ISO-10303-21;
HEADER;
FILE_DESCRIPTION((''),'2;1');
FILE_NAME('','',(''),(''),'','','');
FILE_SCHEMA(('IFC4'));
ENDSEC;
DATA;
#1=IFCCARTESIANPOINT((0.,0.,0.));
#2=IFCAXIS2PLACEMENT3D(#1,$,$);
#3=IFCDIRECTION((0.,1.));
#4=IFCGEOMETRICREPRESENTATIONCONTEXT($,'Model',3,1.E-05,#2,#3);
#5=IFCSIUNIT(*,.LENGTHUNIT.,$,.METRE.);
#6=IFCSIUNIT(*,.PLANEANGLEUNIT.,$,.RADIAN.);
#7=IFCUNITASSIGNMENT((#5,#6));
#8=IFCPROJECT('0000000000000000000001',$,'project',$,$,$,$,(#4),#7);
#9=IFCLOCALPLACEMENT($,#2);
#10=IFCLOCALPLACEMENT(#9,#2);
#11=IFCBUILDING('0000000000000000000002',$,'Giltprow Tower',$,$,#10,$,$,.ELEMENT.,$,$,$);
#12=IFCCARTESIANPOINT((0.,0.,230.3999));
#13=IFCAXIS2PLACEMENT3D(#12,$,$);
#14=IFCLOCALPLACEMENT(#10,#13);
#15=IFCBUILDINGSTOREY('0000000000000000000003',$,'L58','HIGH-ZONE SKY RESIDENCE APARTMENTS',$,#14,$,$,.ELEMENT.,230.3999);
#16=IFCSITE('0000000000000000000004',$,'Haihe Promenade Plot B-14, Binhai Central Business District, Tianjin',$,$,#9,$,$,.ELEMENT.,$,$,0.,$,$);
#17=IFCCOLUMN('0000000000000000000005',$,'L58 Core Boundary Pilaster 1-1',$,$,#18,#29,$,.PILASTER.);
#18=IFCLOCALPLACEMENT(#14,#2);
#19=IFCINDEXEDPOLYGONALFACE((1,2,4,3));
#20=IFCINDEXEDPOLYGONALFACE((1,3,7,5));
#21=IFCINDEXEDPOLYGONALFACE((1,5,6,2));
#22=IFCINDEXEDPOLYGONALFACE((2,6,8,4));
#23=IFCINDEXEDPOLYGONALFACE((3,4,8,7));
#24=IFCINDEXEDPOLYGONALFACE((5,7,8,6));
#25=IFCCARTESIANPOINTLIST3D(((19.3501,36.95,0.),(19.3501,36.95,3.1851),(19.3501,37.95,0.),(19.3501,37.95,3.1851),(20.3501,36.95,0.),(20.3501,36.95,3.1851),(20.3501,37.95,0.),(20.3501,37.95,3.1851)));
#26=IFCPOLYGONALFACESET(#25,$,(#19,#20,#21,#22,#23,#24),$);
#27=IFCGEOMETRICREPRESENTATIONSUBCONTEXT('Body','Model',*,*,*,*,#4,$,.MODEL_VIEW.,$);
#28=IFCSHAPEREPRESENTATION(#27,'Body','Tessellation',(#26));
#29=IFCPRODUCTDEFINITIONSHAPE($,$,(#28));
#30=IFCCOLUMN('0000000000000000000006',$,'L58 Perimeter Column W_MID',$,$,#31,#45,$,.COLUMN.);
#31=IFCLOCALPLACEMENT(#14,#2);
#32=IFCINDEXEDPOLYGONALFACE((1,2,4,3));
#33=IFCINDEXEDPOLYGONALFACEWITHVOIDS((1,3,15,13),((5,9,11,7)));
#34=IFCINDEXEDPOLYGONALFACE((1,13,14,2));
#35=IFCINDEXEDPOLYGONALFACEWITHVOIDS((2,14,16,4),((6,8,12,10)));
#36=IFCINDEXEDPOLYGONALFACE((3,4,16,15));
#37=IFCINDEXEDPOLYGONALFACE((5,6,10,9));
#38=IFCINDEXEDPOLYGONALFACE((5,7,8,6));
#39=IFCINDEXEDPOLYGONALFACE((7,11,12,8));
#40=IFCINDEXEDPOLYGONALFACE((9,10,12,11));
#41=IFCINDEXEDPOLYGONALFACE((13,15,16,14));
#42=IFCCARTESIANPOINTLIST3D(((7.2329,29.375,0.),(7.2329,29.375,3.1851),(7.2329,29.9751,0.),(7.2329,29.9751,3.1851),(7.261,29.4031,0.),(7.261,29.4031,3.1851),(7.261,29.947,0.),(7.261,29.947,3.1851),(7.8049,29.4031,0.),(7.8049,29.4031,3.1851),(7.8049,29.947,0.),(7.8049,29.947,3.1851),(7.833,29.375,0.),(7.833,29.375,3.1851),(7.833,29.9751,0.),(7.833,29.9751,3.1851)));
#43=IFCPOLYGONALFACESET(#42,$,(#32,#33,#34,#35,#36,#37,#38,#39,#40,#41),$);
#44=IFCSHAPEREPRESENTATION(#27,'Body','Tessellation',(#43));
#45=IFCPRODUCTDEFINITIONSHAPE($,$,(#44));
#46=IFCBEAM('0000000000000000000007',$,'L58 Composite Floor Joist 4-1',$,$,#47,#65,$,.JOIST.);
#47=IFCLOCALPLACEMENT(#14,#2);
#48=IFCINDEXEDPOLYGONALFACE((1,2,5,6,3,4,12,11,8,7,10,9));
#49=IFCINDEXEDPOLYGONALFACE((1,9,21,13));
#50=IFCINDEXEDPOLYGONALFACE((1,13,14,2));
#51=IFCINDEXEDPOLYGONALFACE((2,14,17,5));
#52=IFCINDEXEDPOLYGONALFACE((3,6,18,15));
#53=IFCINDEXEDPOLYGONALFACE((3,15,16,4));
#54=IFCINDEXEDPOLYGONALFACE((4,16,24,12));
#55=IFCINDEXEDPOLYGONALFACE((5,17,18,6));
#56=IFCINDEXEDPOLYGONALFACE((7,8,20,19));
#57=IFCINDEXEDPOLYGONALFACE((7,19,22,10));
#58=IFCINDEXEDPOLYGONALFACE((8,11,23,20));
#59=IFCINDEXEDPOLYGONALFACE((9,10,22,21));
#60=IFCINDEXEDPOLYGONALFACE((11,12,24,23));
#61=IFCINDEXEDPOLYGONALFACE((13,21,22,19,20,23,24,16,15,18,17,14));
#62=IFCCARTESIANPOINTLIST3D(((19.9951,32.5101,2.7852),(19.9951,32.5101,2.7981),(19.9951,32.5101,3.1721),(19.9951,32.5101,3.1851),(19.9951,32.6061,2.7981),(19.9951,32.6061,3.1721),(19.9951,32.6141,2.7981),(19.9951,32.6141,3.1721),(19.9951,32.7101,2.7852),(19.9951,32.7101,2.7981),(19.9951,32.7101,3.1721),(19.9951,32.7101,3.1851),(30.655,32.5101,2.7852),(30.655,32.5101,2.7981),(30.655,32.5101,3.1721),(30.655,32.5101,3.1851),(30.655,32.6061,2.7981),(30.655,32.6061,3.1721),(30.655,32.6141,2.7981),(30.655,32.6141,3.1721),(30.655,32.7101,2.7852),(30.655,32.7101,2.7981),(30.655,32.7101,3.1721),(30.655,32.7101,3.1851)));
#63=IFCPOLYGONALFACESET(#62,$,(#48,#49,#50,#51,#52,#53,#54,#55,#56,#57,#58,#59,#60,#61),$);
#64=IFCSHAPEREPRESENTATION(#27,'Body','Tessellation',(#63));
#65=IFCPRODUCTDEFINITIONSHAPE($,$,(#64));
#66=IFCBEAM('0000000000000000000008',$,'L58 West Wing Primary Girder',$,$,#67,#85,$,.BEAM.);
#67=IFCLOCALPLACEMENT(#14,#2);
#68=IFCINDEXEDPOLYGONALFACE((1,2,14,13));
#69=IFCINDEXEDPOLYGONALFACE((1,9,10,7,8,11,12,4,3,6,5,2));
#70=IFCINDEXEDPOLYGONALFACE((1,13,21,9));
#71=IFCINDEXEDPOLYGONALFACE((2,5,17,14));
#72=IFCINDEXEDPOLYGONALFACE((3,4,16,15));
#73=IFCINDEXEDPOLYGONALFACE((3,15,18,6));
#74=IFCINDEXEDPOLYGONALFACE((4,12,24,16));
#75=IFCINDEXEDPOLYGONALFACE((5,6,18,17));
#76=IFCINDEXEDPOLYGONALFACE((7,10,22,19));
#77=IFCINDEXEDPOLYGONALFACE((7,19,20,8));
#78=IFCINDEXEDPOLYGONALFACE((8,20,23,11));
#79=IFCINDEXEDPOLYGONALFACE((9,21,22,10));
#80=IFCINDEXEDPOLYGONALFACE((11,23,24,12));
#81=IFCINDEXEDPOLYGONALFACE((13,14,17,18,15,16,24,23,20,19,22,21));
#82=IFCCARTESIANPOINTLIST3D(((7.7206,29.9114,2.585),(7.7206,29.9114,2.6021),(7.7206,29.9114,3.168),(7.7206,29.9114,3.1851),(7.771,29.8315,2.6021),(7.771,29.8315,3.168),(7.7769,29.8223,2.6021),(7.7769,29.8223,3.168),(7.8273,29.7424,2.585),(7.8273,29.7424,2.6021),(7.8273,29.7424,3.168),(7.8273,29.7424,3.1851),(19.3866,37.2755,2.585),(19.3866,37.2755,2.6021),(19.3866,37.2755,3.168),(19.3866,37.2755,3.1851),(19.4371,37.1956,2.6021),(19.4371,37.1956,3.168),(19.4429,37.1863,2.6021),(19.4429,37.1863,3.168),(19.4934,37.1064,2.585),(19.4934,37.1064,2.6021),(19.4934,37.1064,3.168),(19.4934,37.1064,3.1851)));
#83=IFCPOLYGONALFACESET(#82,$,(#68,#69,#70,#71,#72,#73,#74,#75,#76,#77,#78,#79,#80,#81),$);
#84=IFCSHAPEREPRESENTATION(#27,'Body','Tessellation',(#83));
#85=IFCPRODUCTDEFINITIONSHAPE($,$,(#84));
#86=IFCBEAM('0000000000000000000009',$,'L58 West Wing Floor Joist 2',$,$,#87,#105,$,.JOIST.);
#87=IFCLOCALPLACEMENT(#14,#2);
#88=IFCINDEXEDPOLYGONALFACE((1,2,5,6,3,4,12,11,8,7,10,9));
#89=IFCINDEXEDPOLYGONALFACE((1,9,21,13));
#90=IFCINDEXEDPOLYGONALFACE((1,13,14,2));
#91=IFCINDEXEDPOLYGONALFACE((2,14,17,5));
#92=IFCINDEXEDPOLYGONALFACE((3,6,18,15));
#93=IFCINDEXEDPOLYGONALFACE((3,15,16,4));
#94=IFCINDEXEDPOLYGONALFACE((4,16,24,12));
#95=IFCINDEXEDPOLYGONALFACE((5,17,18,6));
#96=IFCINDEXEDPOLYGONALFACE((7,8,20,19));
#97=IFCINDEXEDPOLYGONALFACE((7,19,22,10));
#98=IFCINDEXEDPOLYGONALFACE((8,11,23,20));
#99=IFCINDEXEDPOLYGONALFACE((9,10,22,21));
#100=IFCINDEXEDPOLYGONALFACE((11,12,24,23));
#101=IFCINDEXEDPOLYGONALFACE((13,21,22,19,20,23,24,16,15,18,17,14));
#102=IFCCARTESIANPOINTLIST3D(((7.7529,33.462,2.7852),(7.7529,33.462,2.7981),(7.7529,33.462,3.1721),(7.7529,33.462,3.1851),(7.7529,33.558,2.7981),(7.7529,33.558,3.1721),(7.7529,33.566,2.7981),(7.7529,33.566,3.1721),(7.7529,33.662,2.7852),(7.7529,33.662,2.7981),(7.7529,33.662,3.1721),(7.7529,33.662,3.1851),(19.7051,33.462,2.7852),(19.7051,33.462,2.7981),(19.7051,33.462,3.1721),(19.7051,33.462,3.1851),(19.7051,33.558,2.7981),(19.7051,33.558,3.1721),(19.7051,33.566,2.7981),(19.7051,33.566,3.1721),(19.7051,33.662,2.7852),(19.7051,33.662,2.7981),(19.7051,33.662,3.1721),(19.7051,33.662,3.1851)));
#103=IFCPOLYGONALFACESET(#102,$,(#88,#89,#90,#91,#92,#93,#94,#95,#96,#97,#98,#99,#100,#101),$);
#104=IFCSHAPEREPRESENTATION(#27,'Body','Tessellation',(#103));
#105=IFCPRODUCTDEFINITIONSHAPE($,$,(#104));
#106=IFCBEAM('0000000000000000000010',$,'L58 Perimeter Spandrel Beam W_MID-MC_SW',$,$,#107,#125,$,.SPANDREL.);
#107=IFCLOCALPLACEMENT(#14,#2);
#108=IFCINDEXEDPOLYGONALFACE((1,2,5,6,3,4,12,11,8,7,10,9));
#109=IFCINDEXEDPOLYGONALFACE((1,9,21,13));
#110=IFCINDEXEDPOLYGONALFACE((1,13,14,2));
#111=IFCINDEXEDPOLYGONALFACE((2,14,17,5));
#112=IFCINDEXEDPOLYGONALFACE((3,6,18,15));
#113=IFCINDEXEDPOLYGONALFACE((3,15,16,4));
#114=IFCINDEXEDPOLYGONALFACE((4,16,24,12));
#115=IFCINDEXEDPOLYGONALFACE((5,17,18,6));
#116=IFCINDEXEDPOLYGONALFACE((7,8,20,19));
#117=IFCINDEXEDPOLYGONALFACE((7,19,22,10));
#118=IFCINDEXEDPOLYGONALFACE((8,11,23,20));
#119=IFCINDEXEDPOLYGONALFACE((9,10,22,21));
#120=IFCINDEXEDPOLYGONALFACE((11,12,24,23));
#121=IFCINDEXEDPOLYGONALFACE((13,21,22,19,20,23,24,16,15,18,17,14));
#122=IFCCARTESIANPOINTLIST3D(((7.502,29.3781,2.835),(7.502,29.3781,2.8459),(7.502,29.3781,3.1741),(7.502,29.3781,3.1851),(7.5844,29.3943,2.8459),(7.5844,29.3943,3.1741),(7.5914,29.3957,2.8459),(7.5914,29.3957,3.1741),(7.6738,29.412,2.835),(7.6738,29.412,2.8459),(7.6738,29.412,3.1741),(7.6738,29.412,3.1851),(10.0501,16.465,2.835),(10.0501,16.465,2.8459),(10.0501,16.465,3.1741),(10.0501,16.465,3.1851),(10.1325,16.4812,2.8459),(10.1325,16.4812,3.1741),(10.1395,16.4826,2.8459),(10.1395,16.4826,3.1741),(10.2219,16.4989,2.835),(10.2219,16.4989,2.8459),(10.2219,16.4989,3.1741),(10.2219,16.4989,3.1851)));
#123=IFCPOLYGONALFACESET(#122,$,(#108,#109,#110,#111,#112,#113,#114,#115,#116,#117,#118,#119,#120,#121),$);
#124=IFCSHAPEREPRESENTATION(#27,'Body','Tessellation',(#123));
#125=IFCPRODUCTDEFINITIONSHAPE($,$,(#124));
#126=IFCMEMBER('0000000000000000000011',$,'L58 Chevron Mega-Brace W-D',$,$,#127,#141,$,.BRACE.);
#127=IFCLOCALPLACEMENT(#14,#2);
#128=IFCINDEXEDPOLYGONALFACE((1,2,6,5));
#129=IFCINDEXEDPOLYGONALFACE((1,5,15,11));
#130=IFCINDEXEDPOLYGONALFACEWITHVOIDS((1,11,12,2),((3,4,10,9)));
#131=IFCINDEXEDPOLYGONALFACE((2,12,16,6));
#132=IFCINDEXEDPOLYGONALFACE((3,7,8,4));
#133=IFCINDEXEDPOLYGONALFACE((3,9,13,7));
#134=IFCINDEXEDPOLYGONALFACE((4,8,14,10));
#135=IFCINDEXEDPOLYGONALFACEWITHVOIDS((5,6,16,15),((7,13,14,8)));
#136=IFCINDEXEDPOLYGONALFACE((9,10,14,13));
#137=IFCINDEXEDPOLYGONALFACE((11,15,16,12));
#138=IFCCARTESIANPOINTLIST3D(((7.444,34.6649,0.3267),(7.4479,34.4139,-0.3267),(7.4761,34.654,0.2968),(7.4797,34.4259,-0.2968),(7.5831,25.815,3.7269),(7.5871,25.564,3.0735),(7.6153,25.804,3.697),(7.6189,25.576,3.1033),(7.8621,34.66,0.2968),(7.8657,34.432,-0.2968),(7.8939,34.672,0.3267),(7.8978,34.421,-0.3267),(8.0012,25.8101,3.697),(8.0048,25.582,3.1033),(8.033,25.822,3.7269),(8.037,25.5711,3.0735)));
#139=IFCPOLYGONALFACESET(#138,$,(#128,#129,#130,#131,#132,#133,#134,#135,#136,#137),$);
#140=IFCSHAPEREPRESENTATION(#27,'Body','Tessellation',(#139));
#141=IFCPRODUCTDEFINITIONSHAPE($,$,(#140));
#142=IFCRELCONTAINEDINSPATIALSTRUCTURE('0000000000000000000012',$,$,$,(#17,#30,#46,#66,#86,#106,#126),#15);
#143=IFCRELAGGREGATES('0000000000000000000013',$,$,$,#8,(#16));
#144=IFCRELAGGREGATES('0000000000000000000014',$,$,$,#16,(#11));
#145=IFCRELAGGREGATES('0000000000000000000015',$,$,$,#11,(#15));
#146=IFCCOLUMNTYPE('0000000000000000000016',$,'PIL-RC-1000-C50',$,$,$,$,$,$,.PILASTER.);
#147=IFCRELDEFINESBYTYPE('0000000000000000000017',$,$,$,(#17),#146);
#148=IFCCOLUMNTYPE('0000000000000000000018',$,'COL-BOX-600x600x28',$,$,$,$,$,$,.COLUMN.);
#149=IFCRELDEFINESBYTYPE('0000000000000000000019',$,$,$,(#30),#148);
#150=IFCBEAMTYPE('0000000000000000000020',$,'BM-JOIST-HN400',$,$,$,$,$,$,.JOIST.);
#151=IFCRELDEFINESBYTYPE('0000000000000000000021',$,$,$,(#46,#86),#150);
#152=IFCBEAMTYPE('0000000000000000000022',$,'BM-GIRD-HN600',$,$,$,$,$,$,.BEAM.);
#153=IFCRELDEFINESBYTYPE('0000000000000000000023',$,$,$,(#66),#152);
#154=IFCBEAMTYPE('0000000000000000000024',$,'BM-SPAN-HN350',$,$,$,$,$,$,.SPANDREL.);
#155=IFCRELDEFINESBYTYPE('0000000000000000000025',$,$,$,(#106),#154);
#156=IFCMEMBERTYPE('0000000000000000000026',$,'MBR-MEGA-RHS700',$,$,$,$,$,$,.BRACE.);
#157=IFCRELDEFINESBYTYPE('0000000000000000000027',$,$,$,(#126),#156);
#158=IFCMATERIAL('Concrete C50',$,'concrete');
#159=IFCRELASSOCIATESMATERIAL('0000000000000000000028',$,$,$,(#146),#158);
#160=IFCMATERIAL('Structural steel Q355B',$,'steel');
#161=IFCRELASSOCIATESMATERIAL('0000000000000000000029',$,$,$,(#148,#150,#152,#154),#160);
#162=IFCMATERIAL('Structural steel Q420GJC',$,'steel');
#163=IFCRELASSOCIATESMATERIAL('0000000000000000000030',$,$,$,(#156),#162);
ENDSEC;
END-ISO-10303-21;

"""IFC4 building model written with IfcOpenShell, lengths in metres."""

from ifc_helpers import new_model, si_unit, direction, frame, origin, origin_2d, place, context, subcontext, project, spatial, rectangle, hollow_rectangle, i_section, extrude, source, transform, mapped, material, material_profile, profile_set, type_object, element, save


model = new_model("IFC4")

# Units and contexts
model_context = context("Model", 3, precision=1e-05, world=origin(), true_north=direction((0.0, 1.0)))
body_context = subcontext(model_context, "Body", "Model", "MODEL_VIEW")
ifc_project = project(units=[si_unit("LENGTHUNIT", "METRE"), si_unit("PLANEANGLEUNIT", "RADIAN")], contexts=[model_context])

# Site, building, storey
site_placement = place(None, origin())
site = spatial("IfcSite", under=ifc_project, at=site_placement, Name="Haihe Promenade Plot B-14, Binhai Central Business District, Tianjin", CompositionType="ELEMENT", RefElevation=0.0)
building_placement = place(site_placement, origin())
building = spatial("IfcBuilding", under=site, at=building_placement, Name="Giltprow Tower", CompositionType="ELEMENT")
storey_placement = place(building_placement, frame((0.0, 0.0, 230.3999)))
storey = spatial("IfcBuildingStorey", under=building, at=storey_placement, Name="L58", Description="HIGH-ZONE SKY RESIDENCE APARTMENTS", CompositionType="ELEMENT", Elevation=230.3999)

# Columns
ifc_material_1 = material(Name="Concrete C50", Category="concrete")
ifc_material_profile_1 = material_profile(ifc_material_1, rectangle(XDim=1.0, YDim=1.0, at=origin_2d()), Name="RC 1000x1000")
ifc_profile_set_1 = profile_set([ifc_material_profile_1], Name="Concrete C50")
column_type_1 = type_object("IfcColumnType", Name="PIL-RC-1000-C50", PredefinedType="PILASTER", material=ifc_profile_set_1)
shared_shape_1 = source(origin(), body_context, "Body", "SweptSolid", [
    extrude(rectangle(XDim=1.0, YDim=1.0, at=origin_2d()), origin(), (0.0, 0.0, 1.0), 3.1851),
])
column_1_placement = place(storey_placement, frame((19.8501, 37.45, 0.0), z_axis=(0.0, 0.0, 1.0), x_axis=(1.0, 0.0, 0.0)))
element("IfcColumn", 1, at=column_1_placement, inside=storey, type_object=column_type_1, Name="L58 Core Boundary Pilaster 1-1", PredefinedType="PILASTER", context=body_context, shape_type="MappedRepresentation", body=[
    mapped(shared_shape_1, transform((0.0, 0.0, 0.0), x_axis=(1.0, 0.0, 0.0), y_axis=(0.0, 1.0, 0.0), z_axis=(0.0, 0.0, 1.0), scale=1.0)),
])
ifc_material_2 = material(Name="Structural steel Q355B", Category="steel")
ifc_material_profile_2 = material_profile(ifc_material_2, hollow_rectangle(XDim=0.6001, YDim=0.6001, WallThickness=0.0281, at=origin_2d()), Name="BOX 600x600x28")
ifc_profile_set_2 = profile_set([ifc_material_profile_2], Name="Structural steel Q355B")
column_type_2 = type_object("IfcColumnType", Name="COL-BOX-600x600x28", PredefinedType="COLUMN", material=ifc_profile_set_2)
shared_shape_2 = source(origin(), body_context, "Body", "SweptSolid", [
    extrude(hollow_rectangle(XDim=0.6001, YDim=0.6001, WallThickness=0.0281, at=origin_2d()), origin(), (0.0, 0.0, 1.0), 3.1851),
])
column_2_placement = place(storey_placement, frame((7.533, 29.675, 0.0), z_axis=(0.0, 0.0, 1.0), x_axis=(1.0, 0.0, 0.0)))
element("IfcColumn", 2, at=column_2_placement, inside=storey, type_object=column_type_2, Name="L58 Perimeter Column W_MID", PredefinedType="COLUMN", context=body_context, shape_type="MappedRepresentation", body=[
    mapped(shared_shape_2, transform((0.0, 0.0, 0.0), x_axis=(1.0, 0.0, 0.0), y_axis=(0.0, 1.0, 0.0), z_axis=(0.0, 0.0, 1.0), scale=1.0)),
])

# Beams
ifc_material_profile_3 = material_profile(ifc_material_2, i_section(OverallWidth=0.2, OverallDepth=0.3999, WebThickness=0.0081, FlangeThickness=0.0129, at=origin_2d()), Name="HN 400x200x8x13")
ifc_profile_set_3 = profile_set([ifc_material_profile_3], Name="Structural steel Q355B")
beam_type_1 = type_object("IfcBeamType", Name="BM-JOIST-HN400", PredefinedType="JOIST", material=ifc_profile_set_3)
shared_shape_3 = source(origin(), body_context, "Body", "SweptSolid", [
    extrude(i_section(OverallWidth=0.2, OverallDepth=0.3999, WebThickness=0.0081, FlangeThickness=0.0129, at=origin_2d()), origin(), (0.0, 0.0, 1.0), 10.6599),
])
beam_1_placement = place(storey_placement, frame((19.9951, 32.6101, 2.9851), z_axis=(1.0, 0.0, 0.0), x_axis=(0.0, 1.0, 0.0)))
element("IfcBeam", 3, at=beam_1_placement, inside=storey, type_object=beam_type_1, Name="L58 Composite Floor Joist 4-1", PredefinedType="JOIST", context=body_context, shape_type="MappedRepresentation", body=[
    mapped(shared_shape_3, transform((0.0, 0.0, 0.0), x_axis=(1.0, 0.0, 0.0), y_axis=(0.0, 1.0, 0.0), z_axis=(0.0, 0.0, 1.0), scale=1.0)),
])
ifc_material_profile_4 = material_profile(ifc_material_2, i_section(OverallWidth=0.2, OverallDepth=0.6001, WebThickness=0.011, FlangeThickness=0.0171, at=origin_2d()), Name="HN 600x200x11x17")
ifc_profile_set_4 = profile_set([ifc_material_profile_4], Name="Structural steel Q355B")
beam_type_2 = type_object("IfcBeamType", Name="BM-GIRD-HN600", PredefinedType="BEAM", material=ifc_profile_set_4)
shared_shape_4 = source(origin(), body_context, "Body", "SweptSolid", [
    extrude(i_section(OverallWidth=0.2, OverallDepth=0.6001, WebThickness=0.011, FlangeThickness=0.0171, at=origin_2d()), origin(), (0.0, 0.0, 1.0), 13.7959),
])
beam_2_placement = place(storey_placement, frame((7.7739, 29.8269, 2.885), z_axis=(0.84562, 0.533786, 0.0), x_axis=(-0.533786, 0.84562, 0.0)))
element("IfcBeam", 4, at=beam_2_placement, inside=storey, type_object=beam_type_2, Name="L58 West Wing Primary Girder", PredefinedType="BEAM", context=body_context, shape_type="MappedRepresentation", body=[
    mapped(shared_shape_4, transform((0.0, 0.0, 0.0), x_axis=(1.0, 0.0, 0.0), y_axis=(0.0, 1.0, 0.0), z_axis=(0.0, 0.0, 1.0), scale=1.0)),
])
shared_shape_5 = source(origin(), body_context, "Body", "SweptSolid", [
    extrude(i_section(OverallWidth=0.2, OverallDepth=0.3999, WebThickness=0.0081, FlangeThickness=0.0129, at=origin_2d()), origin(), (0.0, 0.0, 1.0), 11.9521),
])
beam_3_placement = place(storey_placement, frame((7.7529, 33.562, 2.9851), z_axis=(1.0, 0.0, 0.0), x_axis=(0.0, 1.0, 0.0)))
element("IfcBeam", 5, at=beam_3_placement, inside=storey, type_object=beam_type_1, Name="L58 West Wing Floor Joist 2", PredefinedType="JOIST", context=body_context, shape_type="MappedRepresentation", body=[
    mapped(shared_shape_5, transform((0.0, 0.0, 0.0), x_axis=(1.0, 0.0, 0.0), y_axis=(0.0, 1.0, 0.0), z_axis=(0.0, 0.0, 1.0), scale=1.0)),
])
ifc_material_profile_5 = material_profile(ifc_material_2, i_section(OverallWidth=0.175, OverallDepth=0.3501, WebThickness=0.0071, FlangeThickness=0.011, at=origin_2d()), Name="HN 350x175x7x11")
ifc_profile_set_5 = profile_set([ifc_material_profile_5], Name="Structural steel Q355B")
beam_type_3 = type_object("IfcBeamType", Name="BM-SPAN-HN350", PredefinedType="SPANDREL", material=ifc_profile_set_5)
shared_shape_6 = source(origin(), body_context, "Body", "SweptSolid", [
    extrude(i_section(OverallWidth=0.175, OverallDepth=0.3501, WebThickness=0.0071, FlangeThickness=0.011, at=origin_2d()), origin(), (0.0, 0.0, 1.0), 13.1621),
])
beam_4_placement = place(storey_placement, frame((7.5879, 29.395, 3.01), z_axis=(0.193594, -0.981082, 0.0), x_axis=(0.981082, 0.193594, 0.0)))
element("IfcBeam", 6, at=beam_4_placement, inside=storey, type_object=beam_type_3, Name="L58 Perimeter Spandrel Beam W_MID-MC_SW", PredefinedType="SPANDREL", context=body_context, shape_type="MappedRepresentation", body=[
    mapped(shared_shape_6, transform((0.0, 0.0, 0.0), x_axis=(1.0, 0.0, 0.0), y_axis=(0.0, 1.0, 0.0), z_axis=(0.0, 0.0, 1.0), scale=1.0)),
])

# Member
ifc_material_3 = material(Name="Structural steel Q420GJC", Category="steel")
ifc_material_profile_6 = material_profile(ifc_material_3, hollow_rectangle(XDim=0.45, YDim=0.7, WallThickness=0.032, at=origin_2d()), Name="RHS 700x450x32")
ifc_profile_set_6 = profile_set([ifc_material_profile_6], Name="Structural steel Q420GJC")
member_type = type_object("IfcMemberType", Name="MBR-MEGA-RHS700", PredefinedType="BRACE", material=ifc_profile_set_6)
shared_shape_7 = source(origin(), body_context, "Body", "SweptSolid", [
    extrude(hollow_rectangle(XDim=0.45, YDim=0.7, WallThickness=0.032, at=origin_2d()), origin(), (0.0, 0.0, 1.0), 9.4817),
])
member_placement = place(storey_placement, frame((7.6709, 34.543, 0.0), z_axis=(0.014677, -0.933374, 0.358606), x_axis=(0.999876, 0.015723, 0.0)))
element("IfcMember", 7, at=member_placement, inside=storey, type_object=member_type, Name="L58 Chevron Mega-Brace W-D", PredefinedType="BRACE", context=body_context, shape_type="MappedRepresentation", body=[
    mapped(shared_shape_7, transform((0.0, 0.0, 0.0), x_axis=(1.0, 0.0, 0.0), y_axis=(0.0, 1.0, 0.0), z_axis=(0.0, 0.0, 1.0), scale=1.0)),
])

save(model, "model.ifc")
